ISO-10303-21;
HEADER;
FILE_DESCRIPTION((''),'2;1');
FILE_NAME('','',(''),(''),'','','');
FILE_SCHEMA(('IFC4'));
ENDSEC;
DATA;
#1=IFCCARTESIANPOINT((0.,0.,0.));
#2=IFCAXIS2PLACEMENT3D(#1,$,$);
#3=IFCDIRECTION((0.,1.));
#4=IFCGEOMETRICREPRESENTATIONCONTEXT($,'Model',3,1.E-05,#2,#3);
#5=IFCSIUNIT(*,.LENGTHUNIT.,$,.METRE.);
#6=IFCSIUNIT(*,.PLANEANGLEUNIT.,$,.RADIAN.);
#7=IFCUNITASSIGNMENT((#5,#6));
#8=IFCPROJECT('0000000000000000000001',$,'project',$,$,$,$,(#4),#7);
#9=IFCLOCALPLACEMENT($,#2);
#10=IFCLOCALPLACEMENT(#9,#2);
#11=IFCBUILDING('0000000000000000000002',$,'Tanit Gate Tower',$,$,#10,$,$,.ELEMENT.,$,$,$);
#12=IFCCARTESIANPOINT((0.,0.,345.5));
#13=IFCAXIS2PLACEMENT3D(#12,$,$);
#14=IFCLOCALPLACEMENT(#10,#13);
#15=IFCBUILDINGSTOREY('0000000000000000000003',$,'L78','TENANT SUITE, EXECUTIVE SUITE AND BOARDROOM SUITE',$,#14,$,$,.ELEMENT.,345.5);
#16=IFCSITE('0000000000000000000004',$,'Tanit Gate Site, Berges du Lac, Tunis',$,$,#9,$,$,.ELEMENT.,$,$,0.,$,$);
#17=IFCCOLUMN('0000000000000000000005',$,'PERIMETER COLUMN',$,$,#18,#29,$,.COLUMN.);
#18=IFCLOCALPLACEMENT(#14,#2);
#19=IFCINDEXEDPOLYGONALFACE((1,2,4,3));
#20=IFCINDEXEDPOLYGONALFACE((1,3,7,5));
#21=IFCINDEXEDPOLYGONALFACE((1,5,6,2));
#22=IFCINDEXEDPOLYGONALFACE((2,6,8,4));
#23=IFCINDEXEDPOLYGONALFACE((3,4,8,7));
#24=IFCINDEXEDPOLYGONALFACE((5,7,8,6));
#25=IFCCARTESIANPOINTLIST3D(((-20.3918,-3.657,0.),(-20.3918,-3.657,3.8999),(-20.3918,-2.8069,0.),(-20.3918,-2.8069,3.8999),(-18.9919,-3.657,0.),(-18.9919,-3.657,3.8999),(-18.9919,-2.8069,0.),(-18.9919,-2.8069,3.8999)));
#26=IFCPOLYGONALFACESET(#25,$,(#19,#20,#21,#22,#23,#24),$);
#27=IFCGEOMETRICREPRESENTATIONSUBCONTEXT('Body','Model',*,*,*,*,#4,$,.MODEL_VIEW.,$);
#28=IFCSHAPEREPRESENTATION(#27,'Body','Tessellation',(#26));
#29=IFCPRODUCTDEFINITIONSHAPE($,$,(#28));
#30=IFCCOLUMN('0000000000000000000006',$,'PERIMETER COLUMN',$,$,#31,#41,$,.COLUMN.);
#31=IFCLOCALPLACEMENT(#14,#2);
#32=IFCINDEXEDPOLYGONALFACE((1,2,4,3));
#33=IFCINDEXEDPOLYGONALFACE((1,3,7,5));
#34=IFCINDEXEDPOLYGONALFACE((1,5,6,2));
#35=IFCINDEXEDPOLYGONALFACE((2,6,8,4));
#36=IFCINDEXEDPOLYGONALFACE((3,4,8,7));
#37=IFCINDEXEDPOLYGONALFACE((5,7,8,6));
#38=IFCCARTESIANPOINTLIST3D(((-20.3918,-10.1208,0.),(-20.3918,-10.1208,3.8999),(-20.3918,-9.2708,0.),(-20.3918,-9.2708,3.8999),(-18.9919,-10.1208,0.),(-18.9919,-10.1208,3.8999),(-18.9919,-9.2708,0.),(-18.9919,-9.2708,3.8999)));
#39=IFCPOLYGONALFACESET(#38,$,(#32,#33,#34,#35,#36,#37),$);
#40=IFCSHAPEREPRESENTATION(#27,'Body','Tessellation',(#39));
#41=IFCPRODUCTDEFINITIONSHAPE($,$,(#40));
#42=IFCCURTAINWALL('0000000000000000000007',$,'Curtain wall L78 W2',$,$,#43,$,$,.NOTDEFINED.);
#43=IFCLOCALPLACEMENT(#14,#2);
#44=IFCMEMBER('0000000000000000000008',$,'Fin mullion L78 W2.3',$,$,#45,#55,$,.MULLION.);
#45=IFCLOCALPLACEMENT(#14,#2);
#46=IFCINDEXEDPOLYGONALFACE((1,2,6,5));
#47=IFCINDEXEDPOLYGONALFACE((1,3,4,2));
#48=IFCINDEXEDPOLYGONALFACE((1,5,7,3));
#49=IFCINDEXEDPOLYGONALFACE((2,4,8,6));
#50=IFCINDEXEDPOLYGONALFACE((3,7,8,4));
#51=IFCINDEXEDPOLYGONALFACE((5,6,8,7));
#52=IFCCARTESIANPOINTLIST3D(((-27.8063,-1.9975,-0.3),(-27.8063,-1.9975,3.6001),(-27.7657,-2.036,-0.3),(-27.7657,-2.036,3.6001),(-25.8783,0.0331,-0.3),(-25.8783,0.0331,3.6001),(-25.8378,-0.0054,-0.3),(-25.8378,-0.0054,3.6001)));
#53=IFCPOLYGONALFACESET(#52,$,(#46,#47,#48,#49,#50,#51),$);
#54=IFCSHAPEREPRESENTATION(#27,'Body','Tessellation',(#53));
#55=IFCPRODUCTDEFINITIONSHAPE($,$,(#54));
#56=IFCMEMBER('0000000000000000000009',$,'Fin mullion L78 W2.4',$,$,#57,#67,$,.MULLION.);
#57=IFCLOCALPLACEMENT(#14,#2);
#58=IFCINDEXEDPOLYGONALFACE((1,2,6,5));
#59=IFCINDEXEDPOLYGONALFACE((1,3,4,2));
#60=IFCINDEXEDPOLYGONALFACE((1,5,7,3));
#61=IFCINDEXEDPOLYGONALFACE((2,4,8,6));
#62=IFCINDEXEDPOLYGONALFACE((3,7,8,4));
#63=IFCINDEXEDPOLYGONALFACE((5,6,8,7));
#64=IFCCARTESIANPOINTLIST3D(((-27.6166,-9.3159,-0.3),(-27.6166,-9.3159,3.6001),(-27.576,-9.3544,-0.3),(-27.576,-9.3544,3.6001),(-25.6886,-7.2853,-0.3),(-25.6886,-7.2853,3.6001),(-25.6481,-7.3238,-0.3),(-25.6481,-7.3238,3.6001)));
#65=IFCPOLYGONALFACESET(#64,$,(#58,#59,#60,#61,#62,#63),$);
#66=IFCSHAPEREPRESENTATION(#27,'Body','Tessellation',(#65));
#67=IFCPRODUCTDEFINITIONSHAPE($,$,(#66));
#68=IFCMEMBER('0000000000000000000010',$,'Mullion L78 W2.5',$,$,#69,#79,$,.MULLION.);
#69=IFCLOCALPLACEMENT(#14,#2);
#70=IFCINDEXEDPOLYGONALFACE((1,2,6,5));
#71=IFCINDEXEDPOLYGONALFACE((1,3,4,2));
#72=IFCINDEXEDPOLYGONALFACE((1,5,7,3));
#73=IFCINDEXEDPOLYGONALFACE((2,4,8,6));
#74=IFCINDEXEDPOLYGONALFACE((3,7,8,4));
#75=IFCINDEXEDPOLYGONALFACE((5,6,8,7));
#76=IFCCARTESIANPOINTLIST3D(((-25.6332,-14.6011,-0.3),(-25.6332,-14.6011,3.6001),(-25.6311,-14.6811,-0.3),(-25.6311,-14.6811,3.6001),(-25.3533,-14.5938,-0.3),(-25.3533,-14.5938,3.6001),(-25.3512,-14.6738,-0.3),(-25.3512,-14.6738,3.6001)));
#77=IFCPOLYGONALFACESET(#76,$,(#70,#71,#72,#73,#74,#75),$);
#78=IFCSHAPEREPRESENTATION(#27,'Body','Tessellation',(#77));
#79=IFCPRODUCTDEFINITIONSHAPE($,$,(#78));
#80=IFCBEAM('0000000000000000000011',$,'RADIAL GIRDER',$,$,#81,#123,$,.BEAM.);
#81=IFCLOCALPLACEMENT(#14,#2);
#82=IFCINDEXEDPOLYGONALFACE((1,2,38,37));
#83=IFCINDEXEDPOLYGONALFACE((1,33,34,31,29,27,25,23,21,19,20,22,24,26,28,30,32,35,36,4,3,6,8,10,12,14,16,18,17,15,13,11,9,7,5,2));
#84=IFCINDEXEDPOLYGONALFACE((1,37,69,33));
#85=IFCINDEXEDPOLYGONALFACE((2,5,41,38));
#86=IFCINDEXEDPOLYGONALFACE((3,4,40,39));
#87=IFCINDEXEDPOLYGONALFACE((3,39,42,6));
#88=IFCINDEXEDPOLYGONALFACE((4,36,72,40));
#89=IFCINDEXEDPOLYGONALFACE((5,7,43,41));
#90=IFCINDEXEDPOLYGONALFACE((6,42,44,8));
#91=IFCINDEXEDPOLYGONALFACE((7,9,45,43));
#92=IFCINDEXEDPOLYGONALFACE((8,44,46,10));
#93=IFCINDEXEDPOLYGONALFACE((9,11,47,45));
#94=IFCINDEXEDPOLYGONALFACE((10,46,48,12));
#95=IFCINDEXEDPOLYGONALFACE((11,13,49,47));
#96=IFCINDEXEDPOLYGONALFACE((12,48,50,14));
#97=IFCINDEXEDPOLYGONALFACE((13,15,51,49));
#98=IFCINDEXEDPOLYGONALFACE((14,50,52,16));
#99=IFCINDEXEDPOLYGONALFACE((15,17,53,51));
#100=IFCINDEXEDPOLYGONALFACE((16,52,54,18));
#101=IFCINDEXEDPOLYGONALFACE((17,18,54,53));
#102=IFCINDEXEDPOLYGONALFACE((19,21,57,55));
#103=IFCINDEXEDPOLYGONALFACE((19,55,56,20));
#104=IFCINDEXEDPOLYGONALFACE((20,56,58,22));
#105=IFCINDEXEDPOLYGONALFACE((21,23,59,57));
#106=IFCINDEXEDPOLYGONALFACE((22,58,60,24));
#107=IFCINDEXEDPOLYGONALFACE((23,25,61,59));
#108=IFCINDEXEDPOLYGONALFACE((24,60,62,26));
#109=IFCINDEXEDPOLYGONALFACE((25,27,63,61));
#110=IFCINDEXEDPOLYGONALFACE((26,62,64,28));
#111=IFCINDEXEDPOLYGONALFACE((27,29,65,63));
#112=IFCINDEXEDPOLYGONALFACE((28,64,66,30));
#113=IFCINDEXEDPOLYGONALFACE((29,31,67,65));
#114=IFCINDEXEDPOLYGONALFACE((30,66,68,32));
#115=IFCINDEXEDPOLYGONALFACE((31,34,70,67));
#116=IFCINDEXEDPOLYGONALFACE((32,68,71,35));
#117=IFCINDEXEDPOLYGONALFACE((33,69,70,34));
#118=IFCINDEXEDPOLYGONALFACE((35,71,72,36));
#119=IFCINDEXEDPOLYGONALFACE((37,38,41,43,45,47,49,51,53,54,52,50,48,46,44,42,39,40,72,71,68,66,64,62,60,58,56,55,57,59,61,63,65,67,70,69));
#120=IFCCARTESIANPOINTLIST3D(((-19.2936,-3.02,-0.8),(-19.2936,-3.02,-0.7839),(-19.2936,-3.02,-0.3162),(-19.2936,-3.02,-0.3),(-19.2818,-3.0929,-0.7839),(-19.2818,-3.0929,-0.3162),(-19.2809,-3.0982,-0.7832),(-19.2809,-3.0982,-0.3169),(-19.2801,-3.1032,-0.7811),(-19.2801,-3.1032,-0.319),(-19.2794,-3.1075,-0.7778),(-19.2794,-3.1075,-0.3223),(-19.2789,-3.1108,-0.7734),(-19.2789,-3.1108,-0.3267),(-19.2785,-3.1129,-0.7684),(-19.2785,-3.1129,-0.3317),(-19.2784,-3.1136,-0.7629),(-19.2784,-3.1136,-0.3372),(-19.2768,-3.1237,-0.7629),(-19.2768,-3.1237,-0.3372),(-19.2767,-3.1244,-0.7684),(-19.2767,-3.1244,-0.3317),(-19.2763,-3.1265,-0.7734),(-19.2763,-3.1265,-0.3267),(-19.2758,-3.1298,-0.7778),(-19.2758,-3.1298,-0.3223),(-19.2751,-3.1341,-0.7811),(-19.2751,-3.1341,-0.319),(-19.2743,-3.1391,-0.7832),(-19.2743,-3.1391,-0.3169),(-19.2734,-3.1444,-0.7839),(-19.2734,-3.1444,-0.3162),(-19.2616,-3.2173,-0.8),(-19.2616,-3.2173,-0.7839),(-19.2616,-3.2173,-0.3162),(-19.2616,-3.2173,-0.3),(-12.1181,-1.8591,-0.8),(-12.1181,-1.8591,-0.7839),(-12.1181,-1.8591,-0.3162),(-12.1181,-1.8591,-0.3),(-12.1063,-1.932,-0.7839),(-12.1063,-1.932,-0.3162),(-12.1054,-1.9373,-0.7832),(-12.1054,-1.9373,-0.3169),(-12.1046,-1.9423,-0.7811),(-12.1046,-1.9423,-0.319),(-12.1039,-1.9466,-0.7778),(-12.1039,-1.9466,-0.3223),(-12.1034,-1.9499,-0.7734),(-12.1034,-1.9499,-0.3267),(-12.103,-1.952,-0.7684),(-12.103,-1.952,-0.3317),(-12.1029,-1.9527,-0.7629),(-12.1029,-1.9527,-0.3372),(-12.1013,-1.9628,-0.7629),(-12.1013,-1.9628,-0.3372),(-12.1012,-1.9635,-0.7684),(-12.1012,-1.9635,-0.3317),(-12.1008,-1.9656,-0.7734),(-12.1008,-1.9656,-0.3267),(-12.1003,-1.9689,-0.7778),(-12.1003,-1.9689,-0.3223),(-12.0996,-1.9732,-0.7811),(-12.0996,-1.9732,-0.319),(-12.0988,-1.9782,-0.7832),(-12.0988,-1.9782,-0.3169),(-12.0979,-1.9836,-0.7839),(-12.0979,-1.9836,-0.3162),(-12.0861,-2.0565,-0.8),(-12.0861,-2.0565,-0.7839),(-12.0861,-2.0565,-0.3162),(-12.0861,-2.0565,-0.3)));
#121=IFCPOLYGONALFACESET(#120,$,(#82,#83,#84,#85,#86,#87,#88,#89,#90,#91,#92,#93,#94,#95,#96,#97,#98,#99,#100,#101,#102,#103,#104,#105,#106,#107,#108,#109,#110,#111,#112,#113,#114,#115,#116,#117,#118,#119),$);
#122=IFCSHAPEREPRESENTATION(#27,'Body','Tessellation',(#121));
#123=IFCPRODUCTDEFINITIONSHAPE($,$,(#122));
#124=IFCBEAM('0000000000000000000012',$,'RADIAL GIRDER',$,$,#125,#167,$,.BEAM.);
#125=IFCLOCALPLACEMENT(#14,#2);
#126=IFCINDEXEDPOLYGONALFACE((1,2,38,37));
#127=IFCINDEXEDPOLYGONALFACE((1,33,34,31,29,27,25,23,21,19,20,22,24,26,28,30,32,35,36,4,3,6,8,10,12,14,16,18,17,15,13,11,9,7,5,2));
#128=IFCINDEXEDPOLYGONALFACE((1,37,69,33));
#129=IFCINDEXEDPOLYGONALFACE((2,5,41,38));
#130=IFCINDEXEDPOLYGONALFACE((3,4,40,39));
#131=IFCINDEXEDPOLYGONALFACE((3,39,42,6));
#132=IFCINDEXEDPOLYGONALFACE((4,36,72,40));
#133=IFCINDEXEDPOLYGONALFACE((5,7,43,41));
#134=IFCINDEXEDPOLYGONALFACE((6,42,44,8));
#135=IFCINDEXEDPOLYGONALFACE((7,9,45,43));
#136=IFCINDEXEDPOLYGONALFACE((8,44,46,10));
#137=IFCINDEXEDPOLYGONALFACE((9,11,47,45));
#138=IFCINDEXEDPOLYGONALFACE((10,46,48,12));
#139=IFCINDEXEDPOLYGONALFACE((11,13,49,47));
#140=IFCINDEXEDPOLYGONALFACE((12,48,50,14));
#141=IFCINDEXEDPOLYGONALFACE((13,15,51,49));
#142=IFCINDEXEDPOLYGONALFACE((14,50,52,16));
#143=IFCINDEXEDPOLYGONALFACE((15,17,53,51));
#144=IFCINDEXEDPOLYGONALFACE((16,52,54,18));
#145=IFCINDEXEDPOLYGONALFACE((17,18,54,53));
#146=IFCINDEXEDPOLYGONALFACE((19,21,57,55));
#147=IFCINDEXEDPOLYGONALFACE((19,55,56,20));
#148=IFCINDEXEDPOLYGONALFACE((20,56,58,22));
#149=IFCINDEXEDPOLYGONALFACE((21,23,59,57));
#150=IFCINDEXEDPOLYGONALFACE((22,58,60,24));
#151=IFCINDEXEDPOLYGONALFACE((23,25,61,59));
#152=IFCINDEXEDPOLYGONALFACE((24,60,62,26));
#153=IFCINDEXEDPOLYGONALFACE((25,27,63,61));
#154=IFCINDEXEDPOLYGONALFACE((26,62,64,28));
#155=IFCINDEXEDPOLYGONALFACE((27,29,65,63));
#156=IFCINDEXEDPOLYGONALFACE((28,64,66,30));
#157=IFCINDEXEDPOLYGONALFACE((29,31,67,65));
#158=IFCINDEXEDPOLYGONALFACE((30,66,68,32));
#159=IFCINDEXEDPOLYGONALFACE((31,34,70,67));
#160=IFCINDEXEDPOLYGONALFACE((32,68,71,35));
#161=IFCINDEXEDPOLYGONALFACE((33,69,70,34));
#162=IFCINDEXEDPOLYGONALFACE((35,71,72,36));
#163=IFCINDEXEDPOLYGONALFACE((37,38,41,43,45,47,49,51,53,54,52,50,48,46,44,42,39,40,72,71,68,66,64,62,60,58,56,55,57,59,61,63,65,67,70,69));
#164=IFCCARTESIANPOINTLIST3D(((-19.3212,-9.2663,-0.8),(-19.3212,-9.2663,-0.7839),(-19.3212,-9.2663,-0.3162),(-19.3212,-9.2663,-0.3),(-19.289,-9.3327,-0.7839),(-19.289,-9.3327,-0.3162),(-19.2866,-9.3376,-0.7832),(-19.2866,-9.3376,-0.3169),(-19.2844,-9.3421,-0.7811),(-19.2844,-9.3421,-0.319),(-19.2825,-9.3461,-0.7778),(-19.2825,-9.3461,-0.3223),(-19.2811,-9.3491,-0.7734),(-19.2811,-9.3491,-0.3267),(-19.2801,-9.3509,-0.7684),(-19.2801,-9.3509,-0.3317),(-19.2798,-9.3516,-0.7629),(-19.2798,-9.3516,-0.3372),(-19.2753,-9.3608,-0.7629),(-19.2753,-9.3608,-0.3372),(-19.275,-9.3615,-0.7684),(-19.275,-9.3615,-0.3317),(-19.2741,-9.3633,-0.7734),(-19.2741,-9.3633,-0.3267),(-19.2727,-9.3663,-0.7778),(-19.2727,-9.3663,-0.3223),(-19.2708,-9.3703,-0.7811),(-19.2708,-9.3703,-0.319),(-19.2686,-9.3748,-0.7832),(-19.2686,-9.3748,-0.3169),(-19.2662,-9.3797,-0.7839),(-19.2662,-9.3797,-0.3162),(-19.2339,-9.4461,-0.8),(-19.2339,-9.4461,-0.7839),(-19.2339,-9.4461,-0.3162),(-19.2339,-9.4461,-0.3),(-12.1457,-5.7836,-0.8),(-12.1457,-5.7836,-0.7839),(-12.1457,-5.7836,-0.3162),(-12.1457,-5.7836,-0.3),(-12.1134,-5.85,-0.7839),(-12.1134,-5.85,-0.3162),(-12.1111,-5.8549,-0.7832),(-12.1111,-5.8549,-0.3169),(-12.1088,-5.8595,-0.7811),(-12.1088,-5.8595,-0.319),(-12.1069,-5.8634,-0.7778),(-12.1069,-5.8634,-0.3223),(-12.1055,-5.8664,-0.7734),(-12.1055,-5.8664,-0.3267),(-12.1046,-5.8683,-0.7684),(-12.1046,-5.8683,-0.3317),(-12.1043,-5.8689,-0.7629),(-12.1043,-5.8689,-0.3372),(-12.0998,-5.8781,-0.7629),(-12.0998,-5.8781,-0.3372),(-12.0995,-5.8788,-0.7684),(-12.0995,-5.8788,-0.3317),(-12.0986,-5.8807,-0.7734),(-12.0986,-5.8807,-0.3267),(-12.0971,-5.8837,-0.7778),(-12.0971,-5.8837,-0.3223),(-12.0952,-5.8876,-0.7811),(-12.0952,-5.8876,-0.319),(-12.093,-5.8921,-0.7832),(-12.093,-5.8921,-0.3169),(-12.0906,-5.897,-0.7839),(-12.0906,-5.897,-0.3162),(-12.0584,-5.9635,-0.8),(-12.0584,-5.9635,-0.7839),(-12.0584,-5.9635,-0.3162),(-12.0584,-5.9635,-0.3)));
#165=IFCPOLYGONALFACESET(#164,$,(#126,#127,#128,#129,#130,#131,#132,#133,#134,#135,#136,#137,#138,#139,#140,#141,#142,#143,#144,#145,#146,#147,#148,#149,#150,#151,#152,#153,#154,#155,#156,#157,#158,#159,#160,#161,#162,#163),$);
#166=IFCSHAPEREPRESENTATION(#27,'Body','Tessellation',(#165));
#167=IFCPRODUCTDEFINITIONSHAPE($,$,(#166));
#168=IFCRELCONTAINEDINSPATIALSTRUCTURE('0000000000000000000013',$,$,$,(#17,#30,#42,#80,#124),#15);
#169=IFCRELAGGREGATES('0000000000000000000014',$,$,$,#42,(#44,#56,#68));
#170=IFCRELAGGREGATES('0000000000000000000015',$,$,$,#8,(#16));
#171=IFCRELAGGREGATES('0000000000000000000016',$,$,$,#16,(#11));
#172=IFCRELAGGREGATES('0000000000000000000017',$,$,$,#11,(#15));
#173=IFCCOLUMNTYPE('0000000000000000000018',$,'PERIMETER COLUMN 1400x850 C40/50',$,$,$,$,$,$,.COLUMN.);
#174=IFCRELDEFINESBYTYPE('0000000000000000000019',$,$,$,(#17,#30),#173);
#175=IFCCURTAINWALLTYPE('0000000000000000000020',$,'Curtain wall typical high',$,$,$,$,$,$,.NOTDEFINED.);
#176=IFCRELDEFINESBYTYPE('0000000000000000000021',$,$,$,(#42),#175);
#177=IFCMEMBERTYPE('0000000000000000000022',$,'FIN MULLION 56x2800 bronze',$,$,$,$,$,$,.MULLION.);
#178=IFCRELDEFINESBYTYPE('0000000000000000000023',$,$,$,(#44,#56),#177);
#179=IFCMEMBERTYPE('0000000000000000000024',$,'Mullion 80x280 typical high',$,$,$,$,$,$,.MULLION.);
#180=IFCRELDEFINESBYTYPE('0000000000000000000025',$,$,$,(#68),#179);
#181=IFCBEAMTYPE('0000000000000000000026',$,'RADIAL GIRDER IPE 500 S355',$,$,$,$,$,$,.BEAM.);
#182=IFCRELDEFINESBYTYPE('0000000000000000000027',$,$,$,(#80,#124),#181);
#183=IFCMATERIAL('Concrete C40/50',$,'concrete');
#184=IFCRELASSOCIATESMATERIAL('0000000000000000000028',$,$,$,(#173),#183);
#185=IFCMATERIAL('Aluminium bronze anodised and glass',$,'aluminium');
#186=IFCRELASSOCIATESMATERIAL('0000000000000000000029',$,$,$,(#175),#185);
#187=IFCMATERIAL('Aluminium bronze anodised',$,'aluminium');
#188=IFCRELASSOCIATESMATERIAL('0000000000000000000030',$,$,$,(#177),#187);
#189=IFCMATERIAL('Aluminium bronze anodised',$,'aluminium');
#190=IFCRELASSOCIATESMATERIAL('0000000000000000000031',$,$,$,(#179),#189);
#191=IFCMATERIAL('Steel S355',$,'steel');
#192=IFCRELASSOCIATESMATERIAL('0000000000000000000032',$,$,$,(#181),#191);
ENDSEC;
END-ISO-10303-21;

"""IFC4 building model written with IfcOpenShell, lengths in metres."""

from ifc_helpers import new_model, si_unit, direction, frame, origin, origin_2d, place, context, subcontext, project, spatial, rectangle, i_section, extrude, material, material_profile, profile_set, type_object, element, aggregate, save


model = new_model("IFC4")

# Units and contexts
model_context = context("Model", 3, precision=1e-05, world=origin(), true_north=direction((0.0, 1.0)))
body_context = subcontext(model_context, "Body", "Model", "MODEL_VIEW")
ifc_project = project(units=[si_unit("LENGTHUNIT", "METRE"), si_unit("PLANEANGLEUNIT", "RADIAN")], contexts=[model_context])

# Site, building, storey
site_placement = place(None, origin())
site = spatial("IfcSite", under=ifc_project, at=site_placement, Name="Tanit Gate Site, Berges du Lac, Tunis", CompositionType="ELEMENT", RefElevation=0.0)
building_placement = place(site_placement, origin())
building = spatial("IfcBuilding", under=site, at=building_placement, Name="Tanit Gate Tower", CompositionType="ELEMENT")
storey_placement = place(building_placement, frame((0.0, 0.0, 345.5)))
storey = spatial("IfcBuildingStorey", under=building, at=storey_placement, Name="L78", Description="TENANT SUITE, EXECUTIVE SUITE AND BOARDROOM SUITE", CompositionType="ELEMENT", Elevation=345.5)

# Columns
ifc_material_1 = material(Name="Concrete C40/50", Category="concrete")
ifc_material_profile_1 = material_profile(ifc_material_1, rectangle(XDim=1.3999, YDim=0.8501, at=origin_2d()), Name="RC 1400x850")
ifc_profile_set_1 = profile_set([ifc_material_profile_1], Name="Concrete C40/50")
column_type = type_object("IfcColumnType", Name="PERIMETER COLUMN 1400x850 C40/50", PredefinedType="COLUMN", material=ifc_profile_set_1)
for number, where, z_axis, x_axis, name in (
    (1, (-19.6919, -3.2319, 0.0), (0.0, 0.0, 1.0), (-1.0, 0.0, 0.0), "PERIMETER COLUMN"),
    (2, (-19.6919, -9.6958, 0.0), (0.0, 0.0, 1.0), (-1.0, 0.0, 0.0), "PERIMETER COLUMN"),
):
    element("IfcColumn", number, at=place(storey_placement, frame(where, z_axis=z_axis, x_axis=x_axis)), inside=storey, type_object=column_type, Name=name, PredefinedType="COLUMN", context=body_context, shape_type="SweptSolid", body=[
        extrude(rectangle(XDim=1.3999, YDim=0.8501, at=origin_2d()), origin(), (0.0, 0.0, 1.0), 3.8999),
    ])

# Curtain wall, members
ifc_material_2 = material(Name="Aluminium bronze anodised and glass", Category="aluminium")
curtain_wall_type = type_object("IfcCurtainWallType", Name="Curtain wall typical high", PredefinedType="NOTDEFINED", material=ifc_material_2)
curtain_wall_1_placement = place(storey_placement, origin())
curtain_wall_1 = element("IfcCurtainWall", 3, at=curtain_wall_1_placement, inside=storey, type_object=curtain_wall_type, Name="Curtain wall L78 W2", PredefinedType="NOTDEFINED")
ifc_material_3 = material(Name="Aluminium bronze anodised", Category="aluminium")
ifc_material_profile_2 = material_profile(ifc_material_3, rectangle(XDim=2.8, YDim=0.0559, at=origin_2d()), Name="56x2800 bronze fin mullion")
ifc_profile_set_2 = profile_set([ifc_material_profile_2], Name="Aluminium bronze anodised")
member_type_1 = type_object("IfcMemberType", Name="FIN MULLION 56x2800 bronze", PredefinedType="MULLION", material=ifc_profile_set_2)
member_1_placement = place(storey_placement, frame((-26.822, -1.0015, -0.3), z_axis=(0.0, 0.0, 1.0), x_axis=(0.688538, 0.7252, 0.0)))
member_1 = element("IfcMember", 4, at=member_1_placement, type_object=member_type_1, Name="Fin mullion L78 W2.3", PredefinedType="MULLION", context=body_context, shape_type="SweptSolid", body=[
    extrude(rectangle(XDim=2.8, YDim=0.0559, at=origin_2d()), origin(), (0.0, 0.0, 1.0), 3.9001),
])
member_2_placement = place(storey_placement, frame((-26.6323, -8.3198, -0.3), z_axis=(0.0, 0.0, 1.0), x_axis=(0.688538, 0.7252, 0.0)))
member_2 = element("IfcMember", 5, at=member_2_placement, type_object=member_type_1, Name="Fin mullion L78 W2.4", PredefinedType="MULLION", context=body_context, shape_type="SweptSolid", body=[
    extrude(rectangle(XDim=2.8, YDim=0.0559, at=origin_2d()), origin(), (0.0, 0.0, 1.0), 3.9001),
])
ifc_material_4 = material(Name="Aluminium bronze anodised", Category="aluminium")
ifc_material_profile_3 = material_profile(ifc_material_4, rectangle(XDim=0.28, YDim=0.0801, at=origin_2d()), Name="80x280 bronze mullion")
ifc_profile_set_3 = profile_set([ifc_material_profile_3], Name="Aluminium bronze anodised")
member_type_2 = type_object("IfcMemberType", Name="Mullion 80x280 typical high", PredefinedType="MULLION", material=ifc_profile_set_3)
member_3_placement = place(storey_placement, frame((-25.4922, -14.6375, -0.3), z_axis=(0.0, 0.0, 1.0), x_axis=(0.999664, 0.025924, 0.0)))
member_3 = element("IfcMember", 6, at=member_3_placement, type_object=member_type_2, Name="Mullion L78 W2.5", PredefinedType="MULLION", context=body_context, shape_type="SweptSolid", body=[
    extrude(rectangle(XDim=0.28, YDim=0.0801, at=origin_2d()), origin(), (0.0, 0.0, 1.0), 3.9001),
])

# Beams
ifc_material_5 = material(Name="Steel S355", Category="steel")
ifc_material_profile_4 = material_profile(ifc_material_5, i_section(OverallWidth=0.2, OverallDepth=0.5, WebThickness=0.0103, FlangeThickness=0.0161, FilletRadius=0.021, at=origin_2d()), Name="IPE 500")
ifc_profile_set_4 = profile_set([ifc_material_profile_4], Name="Steel S355")
beam_type_1 = type_object("IfcBeamType", Name="RADIAL GIRDER IPE 500 S355", PredefinedType="BEAM", material=ifc_profile_set_4)
beam_1_placement = place(storey_placement, frame((-19.2776, -3.1187, -0.55), z_axis=(0.987164, 0.159708, 0.0), x_axis=(-0.159708, 0.987164, 0.0)))
element("IfcBeam", 7, at=beam_1_placement, inside=storey, type_object=beam_type_1, Name="RADIAL GIRDER", PredefinedType="BEAM", context=body_context, shape_type="SweptSolid", body=[
    extrude(i_section(OverallWidth=0.2, OverallDepth=0.5, WebThickness=0.0103, FlangeThickness=0.0161, FilletRadius=0.021, at=origin_2d()), origin(), (0.0, 0.0, 1.0), 7.2688),
])
beam_2_placement = place(storey_placement, frame((-19.2776, -9.3562, -0.55), z_axis=(0.899636, 0.436641, 0.0), x_axis=(-0.436641, 0.899636, 0.0)))
element("IfcBeam", 8, at=beam_2_placement, inside=storey, type_object=beam_type_1, Name="RADIAL GIRDER", PredefinedType="BEAM", context=body_context, shape_type="SweptSolid", body=[
    extrude(i_section(OverallWidth=0.2, OverallDepth=0.5, WebThickness=0.0103, FlangeThickness=0.0161, FilletRadius=0.021, at=origin_2d()), origin(), (0.0, 0.0, 1.0), 7.9761),
])

aggregate(curtain_wall_1, [member_1, member_2, member_3])

save(model, "model.ifc")
